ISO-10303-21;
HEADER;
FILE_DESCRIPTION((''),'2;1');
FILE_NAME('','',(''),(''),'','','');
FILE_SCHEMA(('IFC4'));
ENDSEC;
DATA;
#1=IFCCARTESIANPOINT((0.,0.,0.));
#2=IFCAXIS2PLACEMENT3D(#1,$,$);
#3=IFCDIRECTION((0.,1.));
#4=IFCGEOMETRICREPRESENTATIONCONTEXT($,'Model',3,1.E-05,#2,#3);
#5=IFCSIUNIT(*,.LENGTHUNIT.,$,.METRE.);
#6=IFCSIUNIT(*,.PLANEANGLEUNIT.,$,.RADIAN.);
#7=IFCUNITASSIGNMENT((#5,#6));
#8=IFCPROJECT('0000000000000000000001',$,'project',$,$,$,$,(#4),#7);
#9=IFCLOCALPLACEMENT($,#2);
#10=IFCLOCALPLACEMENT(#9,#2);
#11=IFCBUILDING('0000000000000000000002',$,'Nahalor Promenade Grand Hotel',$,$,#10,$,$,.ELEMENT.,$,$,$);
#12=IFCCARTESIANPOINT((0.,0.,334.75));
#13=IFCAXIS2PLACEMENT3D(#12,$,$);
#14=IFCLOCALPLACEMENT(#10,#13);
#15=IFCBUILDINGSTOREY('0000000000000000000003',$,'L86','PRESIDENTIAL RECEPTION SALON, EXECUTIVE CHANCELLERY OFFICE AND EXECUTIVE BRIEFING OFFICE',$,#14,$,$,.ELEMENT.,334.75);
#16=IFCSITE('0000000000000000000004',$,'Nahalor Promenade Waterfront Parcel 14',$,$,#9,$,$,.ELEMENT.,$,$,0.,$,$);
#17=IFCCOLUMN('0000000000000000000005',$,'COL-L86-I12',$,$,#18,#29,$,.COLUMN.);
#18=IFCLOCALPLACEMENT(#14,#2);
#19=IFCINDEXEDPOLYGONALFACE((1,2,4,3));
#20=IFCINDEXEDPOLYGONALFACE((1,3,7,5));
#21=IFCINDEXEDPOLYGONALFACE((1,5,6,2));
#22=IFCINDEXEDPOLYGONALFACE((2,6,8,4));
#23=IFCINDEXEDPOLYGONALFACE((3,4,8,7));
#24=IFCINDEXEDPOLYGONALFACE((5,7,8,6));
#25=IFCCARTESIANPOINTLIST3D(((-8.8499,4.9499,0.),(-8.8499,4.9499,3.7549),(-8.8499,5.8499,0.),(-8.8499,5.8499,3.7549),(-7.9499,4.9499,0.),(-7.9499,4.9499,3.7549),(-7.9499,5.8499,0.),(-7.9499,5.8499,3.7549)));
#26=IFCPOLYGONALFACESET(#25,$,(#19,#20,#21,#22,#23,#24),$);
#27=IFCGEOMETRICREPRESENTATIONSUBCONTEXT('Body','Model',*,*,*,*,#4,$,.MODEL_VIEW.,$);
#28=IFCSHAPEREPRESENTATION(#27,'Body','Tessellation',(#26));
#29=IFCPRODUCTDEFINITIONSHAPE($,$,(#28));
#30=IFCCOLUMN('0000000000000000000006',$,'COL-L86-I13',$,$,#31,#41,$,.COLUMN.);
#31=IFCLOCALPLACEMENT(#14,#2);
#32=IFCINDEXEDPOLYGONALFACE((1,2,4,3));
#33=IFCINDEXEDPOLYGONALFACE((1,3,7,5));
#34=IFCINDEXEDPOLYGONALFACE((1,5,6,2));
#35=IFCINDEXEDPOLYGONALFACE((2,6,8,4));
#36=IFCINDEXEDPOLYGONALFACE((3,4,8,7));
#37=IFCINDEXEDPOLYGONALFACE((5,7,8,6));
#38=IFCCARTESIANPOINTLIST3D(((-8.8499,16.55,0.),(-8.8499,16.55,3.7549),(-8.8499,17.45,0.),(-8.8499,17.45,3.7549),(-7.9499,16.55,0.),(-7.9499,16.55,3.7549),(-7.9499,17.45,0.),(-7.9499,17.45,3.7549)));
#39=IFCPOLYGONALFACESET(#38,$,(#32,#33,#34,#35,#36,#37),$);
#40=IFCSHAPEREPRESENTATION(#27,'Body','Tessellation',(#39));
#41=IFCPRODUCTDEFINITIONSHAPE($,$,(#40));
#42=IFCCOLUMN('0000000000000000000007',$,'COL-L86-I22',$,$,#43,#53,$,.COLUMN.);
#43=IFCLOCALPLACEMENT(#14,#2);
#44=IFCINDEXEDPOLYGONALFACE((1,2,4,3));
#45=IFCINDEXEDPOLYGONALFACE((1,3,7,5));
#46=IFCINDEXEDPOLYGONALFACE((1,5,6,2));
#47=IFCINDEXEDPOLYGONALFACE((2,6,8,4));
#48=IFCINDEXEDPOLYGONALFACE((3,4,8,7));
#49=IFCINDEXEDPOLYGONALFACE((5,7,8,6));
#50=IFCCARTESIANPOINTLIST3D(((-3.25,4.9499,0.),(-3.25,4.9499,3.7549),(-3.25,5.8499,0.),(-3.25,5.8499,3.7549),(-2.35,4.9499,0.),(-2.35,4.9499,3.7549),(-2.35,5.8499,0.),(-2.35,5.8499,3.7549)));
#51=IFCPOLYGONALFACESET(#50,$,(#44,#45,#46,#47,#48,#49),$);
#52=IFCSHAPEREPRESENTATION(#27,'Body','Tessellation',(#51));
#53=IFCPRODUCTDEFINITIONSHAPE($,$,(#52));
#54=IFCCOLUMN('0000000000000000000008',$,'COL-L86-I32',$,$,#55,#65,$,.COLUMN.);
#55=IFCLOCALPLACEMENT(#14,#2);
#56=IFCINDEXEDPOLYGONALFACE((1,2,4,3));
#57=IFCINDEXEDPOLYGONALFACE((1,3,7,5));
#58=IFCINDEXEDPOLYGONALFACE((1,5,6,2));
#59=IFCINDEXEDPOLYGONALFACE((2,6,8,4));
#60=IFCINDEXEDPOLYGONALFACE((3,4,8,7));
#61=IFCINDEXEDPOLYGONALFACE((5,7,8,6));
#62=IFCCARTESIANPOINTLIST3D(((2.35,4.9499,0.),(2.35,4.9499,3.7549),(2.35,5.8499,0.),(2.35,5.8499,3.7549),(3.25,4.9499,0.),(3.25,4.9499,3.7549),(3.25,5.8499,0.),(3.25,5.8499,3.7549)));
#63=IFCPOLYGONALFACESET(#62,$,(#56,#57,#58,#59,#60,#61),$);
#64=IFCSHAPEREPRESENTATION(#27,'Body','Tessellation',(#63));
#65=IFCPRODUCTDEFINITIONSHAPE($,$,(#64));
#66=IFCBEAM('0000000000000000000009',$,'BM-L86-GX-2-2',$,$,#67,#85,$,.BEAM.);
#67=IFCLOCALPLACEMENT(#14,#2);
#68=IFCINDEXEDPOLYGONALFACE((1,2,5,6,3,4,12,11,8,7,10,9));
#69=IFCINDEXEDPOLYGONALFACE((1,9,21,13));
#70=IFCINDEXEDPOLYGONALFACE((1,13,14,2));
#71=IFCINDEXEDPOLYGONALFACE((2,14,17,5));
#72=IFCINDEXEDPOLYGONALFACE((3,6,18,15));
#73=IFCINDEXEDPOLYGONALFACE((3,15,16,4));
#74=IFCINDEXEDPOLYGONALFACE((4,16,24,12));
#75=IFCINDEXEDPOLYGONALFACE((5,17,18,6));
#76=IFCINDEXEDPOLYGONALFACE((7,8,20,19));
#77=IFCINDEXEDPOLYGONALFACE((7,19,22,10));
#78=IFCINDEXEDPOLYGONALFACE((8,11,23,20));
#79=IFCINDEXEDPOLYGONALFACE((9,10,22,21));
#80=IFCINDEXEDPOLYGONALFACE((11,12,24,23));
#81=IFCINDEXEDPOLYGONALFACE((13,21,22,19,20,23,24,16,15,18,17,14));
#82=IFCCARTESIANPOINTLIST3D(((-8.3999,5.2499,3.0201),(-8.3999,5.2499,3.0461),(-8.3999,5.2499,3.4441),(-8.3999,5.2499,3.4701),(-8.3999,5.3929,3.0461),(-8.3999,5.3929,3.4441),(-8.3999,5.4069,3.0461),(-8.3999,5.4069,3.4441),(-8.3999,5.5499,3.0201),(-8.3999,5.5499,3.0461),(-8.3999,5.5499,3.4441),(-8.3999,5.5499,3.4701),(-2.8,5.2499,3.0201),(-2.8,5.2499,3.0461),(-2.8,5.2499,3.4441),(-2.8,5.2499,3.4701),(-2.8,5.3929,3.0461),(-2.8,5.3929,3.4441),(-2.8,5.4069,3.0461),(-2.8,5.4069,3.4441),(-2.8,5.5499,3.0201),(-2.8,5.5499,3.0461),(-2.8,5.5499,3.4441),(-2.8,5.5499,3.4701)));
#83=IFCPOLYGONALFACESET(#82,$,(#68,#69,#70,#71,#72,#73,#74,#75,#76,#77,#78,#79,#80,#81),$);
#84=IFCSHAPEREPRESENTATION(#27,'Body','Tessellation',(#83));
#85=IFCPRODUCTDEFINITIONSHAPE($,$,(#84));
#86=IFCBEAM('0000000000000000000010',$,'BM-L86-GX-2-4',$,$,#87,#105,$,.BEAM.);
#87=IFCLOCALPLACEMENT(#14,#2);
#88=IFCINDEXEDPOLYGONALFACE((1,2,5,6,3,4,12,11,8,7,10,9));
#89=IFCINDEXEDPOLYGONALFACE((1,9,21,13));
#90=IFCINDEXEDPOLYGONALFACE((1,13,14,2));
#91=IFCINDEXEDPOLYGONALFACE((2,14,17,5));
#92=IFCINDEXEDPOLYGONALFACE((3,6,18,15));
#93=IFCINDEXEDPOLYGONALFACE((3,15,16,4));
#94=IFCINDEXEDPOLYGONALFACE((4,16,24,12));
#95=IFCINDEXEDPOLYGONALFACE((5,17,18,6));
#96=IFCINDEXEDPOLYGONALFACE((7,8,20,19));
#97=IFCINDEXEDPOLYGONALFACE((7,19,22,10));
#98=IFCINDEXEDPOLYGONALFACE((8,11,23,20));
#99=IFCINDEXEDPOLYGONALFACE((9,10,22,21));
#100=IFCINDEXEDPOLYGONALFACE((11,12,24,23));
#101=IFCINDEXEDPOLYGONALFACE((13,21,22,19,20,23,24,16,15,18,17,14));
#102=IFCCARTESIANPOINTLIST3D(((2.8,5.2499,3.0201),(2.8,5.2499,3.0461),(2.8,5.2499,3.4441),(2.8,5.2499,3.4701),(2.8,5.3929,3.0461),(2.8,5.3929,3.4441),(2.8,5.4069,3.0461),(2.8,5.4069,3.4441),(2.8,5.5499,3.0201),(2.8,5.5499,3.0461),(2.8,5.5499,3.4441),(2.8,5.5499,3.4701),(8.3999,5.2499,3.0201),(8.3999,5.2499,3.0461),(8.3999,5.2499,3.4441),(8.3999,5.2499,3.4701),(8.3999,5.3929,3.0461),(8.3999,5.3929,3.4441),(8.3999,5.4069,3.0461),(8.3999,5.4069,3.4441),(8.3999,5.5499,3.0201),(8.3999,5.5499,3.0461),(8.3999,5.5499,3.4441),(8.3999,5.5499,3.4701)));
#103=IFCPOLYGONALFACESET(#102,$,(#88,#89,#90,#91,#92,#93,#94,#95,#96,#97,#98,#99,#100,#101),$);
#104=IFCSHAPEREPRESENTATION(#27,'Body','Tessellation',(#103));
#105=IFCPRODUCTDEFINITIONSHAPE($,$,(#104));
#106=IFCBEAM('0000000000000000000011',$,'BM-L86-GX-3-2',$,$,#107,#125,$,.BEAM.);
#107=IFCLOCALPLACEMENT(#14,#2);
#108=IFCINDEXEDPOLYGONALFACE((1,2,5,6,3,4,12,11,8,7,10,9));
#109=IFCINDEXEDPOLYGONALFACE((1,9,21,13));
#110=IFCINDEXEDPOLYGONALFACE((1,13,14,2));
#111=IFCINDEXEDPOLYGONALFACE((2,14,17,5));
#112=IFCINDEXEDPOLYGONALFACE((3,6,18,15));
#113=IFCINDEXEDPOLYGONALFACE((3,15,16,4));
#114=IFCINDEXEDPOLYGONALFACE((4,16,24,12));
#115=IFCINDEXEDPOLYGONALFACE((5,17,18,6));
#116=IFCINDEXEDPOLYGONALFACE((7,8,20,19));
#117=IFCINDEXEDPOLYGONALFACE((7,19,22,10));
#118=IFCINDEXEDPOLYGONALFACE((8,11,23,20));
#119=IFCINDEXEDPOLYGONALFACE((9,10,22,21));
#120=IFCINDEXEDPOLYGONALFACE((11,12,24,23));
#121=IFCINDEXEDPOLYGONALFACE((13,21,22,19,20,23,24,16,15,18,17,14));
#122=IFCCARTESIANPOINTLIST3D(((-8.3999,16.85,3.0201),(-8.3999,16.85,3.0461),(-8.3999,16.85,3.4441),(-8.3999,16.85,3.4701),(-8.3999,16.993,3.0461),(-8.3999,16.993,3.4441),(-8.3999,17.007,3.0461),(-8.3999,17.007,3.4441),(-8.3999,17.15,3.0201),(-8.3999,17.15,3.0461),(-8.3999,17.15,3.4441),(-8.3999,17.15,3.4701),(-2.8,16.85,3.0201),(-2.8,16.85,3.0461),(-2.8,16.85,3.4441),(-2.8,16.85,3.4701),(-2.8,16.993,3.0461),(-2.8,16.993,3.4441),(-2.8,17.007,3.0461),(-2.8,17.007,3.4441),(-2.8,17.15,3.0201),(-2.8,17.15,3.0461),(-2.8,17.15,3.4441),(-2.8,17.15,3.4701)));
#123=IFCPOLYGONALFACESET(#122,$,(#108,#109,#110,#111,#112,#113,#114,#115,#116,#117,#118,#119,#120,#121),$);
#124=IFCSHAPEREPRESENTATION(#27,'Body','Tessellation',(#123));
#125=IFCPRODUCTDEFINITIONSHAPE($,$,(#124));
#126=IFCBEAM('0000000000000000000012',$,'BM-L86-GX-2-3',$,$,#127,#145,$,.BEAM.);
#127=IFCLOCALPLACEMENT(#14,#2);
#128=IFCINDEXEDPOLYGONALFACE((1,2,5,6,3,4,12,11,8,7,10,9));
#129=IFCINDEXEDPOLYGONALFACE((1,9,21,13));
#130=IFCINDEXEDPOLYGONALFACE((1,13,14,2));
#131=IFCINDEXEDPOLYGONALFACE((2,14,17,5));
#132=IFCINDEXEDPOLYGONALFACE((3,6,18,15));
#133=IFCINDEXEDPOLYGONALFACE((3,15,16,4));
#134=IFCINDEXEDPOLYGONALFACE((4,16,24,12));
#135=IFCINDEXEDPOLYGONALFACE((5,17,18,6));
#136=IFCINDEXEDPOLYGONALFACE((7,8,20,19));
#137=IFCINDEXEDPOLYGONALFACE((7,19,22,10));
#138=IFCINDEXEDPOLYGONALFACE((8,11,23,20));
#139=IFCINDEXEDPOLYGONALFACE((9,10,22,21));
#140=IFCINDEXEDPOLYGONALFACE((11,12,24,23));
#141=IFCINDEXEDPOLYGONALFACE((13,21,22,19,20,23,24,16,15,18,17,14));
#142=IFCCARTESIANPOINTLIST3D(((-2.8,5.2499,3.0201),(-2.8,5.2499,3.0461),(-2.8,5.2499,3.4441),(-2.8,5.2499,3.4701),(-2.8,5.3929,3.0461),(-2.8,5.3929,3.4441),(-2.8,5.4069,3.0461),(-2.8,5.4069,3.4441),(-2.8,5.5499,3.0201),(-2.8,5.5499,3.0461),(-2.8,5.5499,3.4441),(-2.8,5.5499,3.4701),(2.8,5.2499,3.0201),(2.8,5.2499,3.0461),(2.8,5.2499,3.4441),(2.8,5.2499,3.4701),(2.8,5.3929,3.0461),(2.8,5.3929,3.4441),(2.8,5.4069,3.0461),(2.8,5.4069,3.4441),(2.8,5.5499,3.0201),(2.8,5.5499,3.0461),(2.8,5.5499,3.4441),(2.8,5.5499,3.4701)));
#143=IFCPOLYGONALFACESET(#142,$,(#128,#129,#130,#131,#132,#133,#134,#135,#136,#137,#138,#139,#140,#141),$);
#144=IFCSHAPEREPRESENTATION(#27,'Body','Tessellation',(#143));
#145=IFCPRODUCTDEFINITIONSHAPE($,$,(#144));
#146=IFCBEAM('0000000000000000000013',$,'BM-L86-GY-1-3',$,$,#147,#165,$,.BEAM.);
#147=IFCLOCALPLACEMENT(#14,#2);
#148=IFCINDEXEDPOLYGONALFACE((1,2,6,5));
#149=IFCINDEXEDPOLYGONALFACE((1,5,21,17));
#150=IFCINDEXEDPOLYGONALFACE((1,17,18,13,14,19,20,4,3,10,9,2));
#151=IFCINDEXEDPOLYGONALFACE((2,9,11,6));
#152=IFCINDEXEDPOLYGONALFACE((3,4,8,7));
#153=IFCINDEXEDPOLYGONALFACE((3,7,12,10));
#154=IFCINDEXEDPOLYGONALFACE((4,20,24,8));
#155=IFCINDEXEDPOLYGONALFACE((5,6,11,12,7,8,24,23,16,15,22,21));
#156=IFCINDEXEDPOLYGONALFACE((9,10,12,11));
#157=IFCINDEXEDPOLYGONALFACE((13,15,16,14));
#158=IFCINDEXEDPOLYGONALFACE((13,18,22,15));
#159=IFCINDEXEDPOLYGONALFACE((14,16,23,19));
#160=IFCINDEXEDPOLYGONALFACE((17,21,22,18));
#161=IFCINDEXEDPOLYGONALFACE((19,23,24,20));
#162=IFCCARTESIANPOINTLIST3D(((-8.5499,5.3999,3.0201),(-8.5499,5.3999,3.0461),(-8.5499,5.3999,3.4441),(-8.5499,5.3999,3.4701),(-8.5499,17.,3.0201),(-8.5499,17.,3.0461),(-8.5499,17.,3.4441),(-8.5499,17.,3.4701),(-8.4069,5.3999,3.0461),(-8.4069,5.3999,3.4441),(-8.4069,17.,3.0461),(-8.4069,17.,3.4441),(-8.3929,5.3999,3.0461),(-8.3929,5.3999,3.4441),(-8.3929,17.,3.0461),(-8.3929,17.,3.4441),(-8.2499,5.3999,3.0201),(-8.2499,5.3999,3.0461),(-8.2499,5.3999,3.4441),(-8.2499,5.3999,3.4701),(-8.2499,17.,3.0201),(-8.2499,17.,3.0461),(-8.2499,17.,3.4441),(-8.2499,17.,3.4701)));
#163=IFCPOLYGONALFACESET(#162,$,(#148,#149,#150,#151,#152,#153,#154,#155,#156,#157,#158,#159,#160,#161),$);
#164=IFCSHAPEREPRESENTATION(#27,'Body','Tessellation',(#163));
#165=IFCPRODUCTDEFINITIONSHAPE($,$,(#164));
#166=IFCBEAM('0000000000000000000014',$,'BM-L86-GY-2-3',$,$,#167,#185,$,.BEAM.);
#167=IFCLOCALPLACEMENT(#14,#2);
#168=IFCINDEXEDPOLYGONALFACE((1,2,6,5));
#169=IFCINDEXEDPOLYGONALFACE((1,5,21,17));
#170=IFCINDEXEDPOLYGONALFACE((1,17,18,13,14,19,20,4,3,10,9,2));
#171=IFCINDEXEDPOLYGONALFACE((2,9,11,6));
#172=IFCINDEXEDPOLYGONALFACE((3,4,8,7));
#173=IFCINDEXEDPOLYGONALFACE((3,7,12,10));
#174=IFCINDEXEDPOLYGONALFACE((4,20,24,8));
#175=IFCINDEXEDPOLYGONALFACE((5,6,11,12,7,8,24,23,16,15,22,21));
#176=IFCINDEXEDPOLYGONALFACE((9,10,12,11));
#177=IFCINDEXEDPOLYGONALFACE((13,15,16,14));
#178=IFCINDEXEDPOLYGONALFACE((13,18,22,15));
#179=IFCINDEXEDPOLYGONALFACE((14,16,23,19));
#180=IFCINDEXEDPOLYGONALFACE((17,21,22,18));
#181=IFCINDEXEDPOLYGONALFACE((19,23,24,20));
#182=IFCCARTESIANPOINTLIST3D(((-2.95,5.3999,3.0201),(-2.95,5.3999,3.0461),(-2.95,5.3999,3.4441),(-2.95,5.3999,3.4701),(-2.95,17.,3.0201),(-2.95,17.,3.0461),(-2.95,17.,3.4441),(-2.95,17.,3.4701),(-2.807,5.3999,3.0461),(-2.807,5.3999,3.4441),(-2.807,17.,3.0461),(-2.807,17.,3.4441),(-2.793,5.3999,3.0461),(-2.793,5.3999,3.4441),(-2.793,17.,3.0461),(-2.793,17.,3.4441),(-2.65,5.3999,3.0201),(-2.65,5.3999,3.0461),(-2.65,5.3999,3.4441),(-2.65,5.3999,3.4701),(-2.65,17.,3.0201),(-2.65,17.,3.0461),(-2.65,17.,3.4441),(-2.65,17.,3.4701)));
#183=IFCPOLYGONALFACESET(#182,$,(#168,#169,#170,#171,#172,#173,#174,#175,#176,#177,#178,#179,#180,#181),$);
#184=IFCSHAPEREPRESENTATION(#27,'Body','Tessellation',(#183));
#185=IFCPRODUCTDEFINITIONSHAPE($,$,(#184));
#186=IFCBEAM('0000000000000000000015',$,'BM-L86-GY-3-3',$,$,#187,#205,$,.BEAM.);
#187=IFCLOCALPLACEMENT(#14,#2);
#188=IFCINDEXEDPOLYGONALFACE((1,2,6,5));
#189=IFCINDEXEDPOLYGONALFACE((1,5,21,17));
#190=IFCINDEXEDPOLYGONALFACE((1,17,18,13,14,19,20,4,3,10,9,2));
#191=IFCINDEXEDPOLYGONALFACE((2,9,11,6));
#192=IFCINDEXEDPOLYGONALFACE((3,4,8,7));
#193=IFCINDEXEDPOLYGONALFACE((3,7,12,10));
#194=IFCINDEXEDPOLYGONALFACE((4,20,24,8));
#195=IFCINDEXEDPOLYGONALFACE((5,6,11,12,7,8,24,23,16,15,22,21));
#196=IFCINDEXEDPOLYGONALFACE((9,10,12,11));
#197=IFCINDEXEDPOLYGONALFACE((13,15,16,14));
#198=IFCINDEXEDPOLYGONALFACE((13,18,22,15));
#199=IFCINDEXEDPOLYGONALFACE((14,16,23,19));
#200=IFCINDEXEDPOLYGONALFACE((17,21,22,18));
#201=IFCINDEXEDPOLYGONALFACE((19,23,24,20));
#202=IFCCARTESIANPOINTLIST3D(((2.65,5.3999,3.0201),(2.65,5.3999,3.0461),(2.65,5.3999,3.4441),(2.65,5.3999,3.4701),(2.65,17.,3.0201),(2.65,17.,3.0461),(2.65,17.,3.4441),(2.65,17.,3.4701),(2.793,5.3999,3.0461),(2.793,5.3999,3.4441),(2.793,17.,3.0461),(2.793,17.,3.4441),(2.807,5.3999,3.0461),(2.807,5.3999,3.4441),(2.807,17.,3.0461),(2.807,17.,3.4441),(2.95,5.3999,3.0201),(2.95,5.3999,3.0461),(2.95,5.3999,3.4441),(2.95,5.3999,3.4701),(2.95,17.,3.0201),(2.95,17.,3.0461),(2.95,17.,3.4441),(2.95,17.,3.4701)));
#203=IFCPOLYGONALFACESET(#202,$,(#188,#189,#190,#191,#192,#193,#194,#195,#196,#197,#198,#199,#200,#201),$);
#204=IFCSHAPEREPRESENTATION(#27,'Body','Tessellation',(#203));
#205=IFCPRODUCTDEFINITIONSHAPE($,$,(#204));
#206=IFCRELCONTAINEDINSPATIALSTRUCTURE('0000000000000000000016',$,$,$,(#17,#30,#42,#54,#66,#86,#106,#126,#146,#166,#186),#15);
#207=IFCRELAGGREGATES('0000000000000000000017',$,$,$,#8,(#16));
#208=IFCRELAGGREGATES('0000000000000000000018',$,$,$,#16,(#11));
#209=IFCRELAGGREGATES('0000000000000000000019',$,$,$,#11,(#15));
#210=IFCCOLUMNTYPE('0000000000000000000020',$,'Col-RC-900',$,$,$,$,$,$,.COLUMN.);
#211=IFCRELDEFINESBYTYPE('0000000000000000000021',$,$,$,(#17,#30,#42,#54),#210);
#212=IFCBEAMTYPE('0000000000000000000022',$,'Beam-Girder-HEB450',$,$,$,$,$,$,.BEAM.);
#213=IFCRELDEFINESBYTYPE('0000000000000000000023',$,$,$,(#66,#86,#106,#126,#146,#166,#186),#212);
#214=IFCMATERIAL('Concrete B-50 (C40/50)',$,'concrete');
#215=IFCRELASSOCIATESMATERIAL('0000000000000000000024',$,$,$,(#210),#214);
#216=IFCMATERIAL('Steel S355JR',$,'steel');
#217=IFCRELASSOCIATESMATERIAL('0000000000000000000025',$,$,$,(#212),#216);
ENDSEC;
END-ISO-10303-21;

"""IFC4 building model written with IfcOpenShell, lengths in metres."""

from ifc_helpers import new_model, si_unit, direction, frame, origin, origin_2d, place, context, subcontext, project, spatial, rectangle, i_section, extrude, source, transform, mapped, material, material_profile, profile_set, type_object, element, save


model = new_model("IFC4")

# Units and contexts
model_context = context("Model", 3, precision=1e-05, world=origin(), true_north=direction((0.0, 1.0)))
body_context = subcontext(model_context, "Body", "Model", "MODEL_VIEW")
ifc_project = project(units=[si_unit("LENGTHUNIT", "METRE"), si_unit("PLANEANGLEUNIT", "RADIAN")], contexts=[model_context])

# Site, building, storey
site_placement = place(None, origin())
site = spatial("IfcSite", under=ifc_project, at=site_placement, Name="Nahalor Promenade Waterfront Parcel 14", CompositionType="ELEMENT", RefElevation=0.0)
building_placement = place(site_placement, origin())
building = spatial("IfcBuilding", under=site, at=building_placement, Name="Nahalor Promenade Grand Hotel", CompositionType="ELEMENT")
storey_placement = place(building_placement, frame((0.0, 0.0, 334.75)))
storey = spatial("IfcBuildingStorey", under=building, at=storey_placement, Name="L86", Description="PRESIDENTIAL RECEPTION SALON, EXECUTIVE CHANCELLERY OFFICE AND EXECUTIVE BRIEFING OFFICE", CompositionType="ELEMENT", Elevation=334.75)

# Columns
ifc_material_1 = material(Name="Concrete B-50 (C40/50)", Category="concrete")
ifc_material_profile_1 = material_profile(ifc_material_1, rectangle(XDim=0.9, YDim=0.9, at=origin_2d()), Name="RC 900x900")
ifc_profile_set_1 = profile_set([ifc_material_profile_1], Name="Concrete B-50 (C40/50)")
column_type = type_object("IfcColumnType", Name="Col-RC-900", PredefinedType="COLUMN", material=ifc_profile_set_1)
shared_shape_1 = source(origin(), body_context, "Body", "SweptSolid", [
    extrude(rectangle(XDim=0.9, YDim=0.9, at=origin_2d()), origin(), (0.0, 0.0, 1.0), 3.7549),
])
for number, where, z_axis, x_axis, name in (
    (1, (-8.3999, 5.3999, 0.0), (0.0, 0.0, 1.0), (1.0, 0.0, 0.0), "COL-L86-I12"),
    (2, (-8.3999, 17.0, 0.0), (0.0, 0.0, 1.0), (1.0, 0.0, 0.0), "COL-L86-I13"),
    (3, (-2.8, 5.3999, 0.0), (0.0, 0.0, 1.0), (1.0, 0.0, 0.0), "COL-L86-I22"),
    (4, (2.8, 5.3999, 0.0), (0.0, 0.0, 1.0), (1.0, 0.0, 0.0), "COL-L86-I32"),
):
    element("IfcColumn", number, at=place(storey_placement, frame(where, z_axis=z_axis, x_axis=x_axis)), inside=storey, type_object=column_type, Name=name, PredefinedType="COLUMN", context=body_context, shape_type="MappedRepresentation", body=[
        mapped(shared_shape_1, transform((0.0, 0.0, 0.0), scale=1.0)),
    ])

# Beams
ifc_material_2 = material(Name="Steel S355JR", Category="steel")
ifc_material_profile_2 = material_profile(ifc_material_2, i_section(OverallWidth=0.3, OverallDepth=0.45, WebThickness=0.014, FlangeThickness=0.026, at=origin_2d()), Name="HEB 450")
ifc_profile_set_2 = profile_set([ifc_material_profile_2], Name="Steel S355JR")
beam_type_1 = type_object("IfcBeamType", Name="Beam-Girder-HEB450", PredefinedType="BEAM", material=ifc_profile_set_2)
shared_shape_2 = source(origin(), body_context, "Body", "SweptSolid", [
    extrude(i_section(OverallWidth=0.3, OverallDepth=0.45, WebThickness=0.014, FlangeThickness=0.026, at=origin_2d()), origin(), (0.0, 0.0, 1.0), 5.5999),
])
for number, where, z_axis, x_axis, name in (
    (5, (-8.3999, 5.3999, 3.2451), (1.0, 0.0, 0.0), (0.0, 1.0, 0.0), "BM-L86-GX-2-2"),
    (6, (2.8, 5.3999, 3.2451), (1.0, 0.0, 0.0), (0.0, 1.0, 0.0), "BM-L86-GX-2-4"),
    (7, (-8.3999, 17.0, 3.2451), (1.0, 0.0, 0.0), (0.0, 1.0, 0.0), "BM-L86-GX-3-2"),
):
    element("IfcBeam", number, at=place(storey_placement, frame(where, z_axis=z_axis, x_axis=x_axis)), inside=storey, type_object=beam_type_1, Name=name, PredefinedType="BEAM", context=body_context, shape_type="MappedRepresentation", body=[
        mapped(shared_shape_2, transform((0.0, 0.0, 0.0), scale=1.0)),
    ])
shared_shape_3 = source(origin(), body_context, "Body", "SweptSolid", [
    extrude(i_section(OverallWidth=0.3, OverallDepth=0.45, WebThickness=0.014, FlangeThickness=0.026, at=origin_2d()), origin(), (0.0, 0.0, 1.0), 5.6001),
])
beam_placement = place(storey_placement, frame((-2.8, 5.3999, 3.2451), z_axis=(1.0, 0.0, 0.0), x_axis=(0.0, 1.0, 0.0)))
element("IfcBeam", 8, at=beam_placement, inside=storey, type_object=beam_type_1, Name="BM-L86-GX-2-3", PredefinedType="BEAM", context=body_context, shape_type="MappedRepresentation", body=[
    mapped(shared_shape_3, transform((0.0, 0.0, 0.0), scale=1.0)),
])
shared_shape_4 = source(origin(), body_context, "Body", "SweptSolid", [
    extrude(i_section(OverallWidth=0.3, OverallDepth=0.45, WebThickness=0.014, FlangeThickness=0.026, at=origin_2d()), origin(), (0.0, 0.0, 1.0), 11.6001),
])
for number, where, z_axis, x_axis, name in (
    (9, (-8.3999, 5.3999, 3.2451), (0.0, 1.0, 0.0), (-1.0, 0.0, 0.0), "BM-L86-GY-1-3"),
    (10, (-2.8, 5.3999, 3.2451), (0.0, 1.0, 0.0), (-1.0, 0.0, 0.0), "BM-L86-GY-2-3"),
    (11, (2.8, 5.3999, 3.2451), (0.0, 1.0, 0.0), (-1.0, 0.0, 0.0), "BM-L86-GY-3-3"),
):
    element("IfcBeam", number, at=place(storey_placement, frame(where, z_axis=z_axis, x_axis=x_axis)), inside=storey, type_object=beam_type_1, Name=name, PredefinedType="BEAM", context=body_context, shape_type="MappedRepresentation", body=[
        mapped(shared_shape_4, transform((0.0, 0.0, 0.0), scale=1.0)),
    ])

save(model, "model.ifc")
